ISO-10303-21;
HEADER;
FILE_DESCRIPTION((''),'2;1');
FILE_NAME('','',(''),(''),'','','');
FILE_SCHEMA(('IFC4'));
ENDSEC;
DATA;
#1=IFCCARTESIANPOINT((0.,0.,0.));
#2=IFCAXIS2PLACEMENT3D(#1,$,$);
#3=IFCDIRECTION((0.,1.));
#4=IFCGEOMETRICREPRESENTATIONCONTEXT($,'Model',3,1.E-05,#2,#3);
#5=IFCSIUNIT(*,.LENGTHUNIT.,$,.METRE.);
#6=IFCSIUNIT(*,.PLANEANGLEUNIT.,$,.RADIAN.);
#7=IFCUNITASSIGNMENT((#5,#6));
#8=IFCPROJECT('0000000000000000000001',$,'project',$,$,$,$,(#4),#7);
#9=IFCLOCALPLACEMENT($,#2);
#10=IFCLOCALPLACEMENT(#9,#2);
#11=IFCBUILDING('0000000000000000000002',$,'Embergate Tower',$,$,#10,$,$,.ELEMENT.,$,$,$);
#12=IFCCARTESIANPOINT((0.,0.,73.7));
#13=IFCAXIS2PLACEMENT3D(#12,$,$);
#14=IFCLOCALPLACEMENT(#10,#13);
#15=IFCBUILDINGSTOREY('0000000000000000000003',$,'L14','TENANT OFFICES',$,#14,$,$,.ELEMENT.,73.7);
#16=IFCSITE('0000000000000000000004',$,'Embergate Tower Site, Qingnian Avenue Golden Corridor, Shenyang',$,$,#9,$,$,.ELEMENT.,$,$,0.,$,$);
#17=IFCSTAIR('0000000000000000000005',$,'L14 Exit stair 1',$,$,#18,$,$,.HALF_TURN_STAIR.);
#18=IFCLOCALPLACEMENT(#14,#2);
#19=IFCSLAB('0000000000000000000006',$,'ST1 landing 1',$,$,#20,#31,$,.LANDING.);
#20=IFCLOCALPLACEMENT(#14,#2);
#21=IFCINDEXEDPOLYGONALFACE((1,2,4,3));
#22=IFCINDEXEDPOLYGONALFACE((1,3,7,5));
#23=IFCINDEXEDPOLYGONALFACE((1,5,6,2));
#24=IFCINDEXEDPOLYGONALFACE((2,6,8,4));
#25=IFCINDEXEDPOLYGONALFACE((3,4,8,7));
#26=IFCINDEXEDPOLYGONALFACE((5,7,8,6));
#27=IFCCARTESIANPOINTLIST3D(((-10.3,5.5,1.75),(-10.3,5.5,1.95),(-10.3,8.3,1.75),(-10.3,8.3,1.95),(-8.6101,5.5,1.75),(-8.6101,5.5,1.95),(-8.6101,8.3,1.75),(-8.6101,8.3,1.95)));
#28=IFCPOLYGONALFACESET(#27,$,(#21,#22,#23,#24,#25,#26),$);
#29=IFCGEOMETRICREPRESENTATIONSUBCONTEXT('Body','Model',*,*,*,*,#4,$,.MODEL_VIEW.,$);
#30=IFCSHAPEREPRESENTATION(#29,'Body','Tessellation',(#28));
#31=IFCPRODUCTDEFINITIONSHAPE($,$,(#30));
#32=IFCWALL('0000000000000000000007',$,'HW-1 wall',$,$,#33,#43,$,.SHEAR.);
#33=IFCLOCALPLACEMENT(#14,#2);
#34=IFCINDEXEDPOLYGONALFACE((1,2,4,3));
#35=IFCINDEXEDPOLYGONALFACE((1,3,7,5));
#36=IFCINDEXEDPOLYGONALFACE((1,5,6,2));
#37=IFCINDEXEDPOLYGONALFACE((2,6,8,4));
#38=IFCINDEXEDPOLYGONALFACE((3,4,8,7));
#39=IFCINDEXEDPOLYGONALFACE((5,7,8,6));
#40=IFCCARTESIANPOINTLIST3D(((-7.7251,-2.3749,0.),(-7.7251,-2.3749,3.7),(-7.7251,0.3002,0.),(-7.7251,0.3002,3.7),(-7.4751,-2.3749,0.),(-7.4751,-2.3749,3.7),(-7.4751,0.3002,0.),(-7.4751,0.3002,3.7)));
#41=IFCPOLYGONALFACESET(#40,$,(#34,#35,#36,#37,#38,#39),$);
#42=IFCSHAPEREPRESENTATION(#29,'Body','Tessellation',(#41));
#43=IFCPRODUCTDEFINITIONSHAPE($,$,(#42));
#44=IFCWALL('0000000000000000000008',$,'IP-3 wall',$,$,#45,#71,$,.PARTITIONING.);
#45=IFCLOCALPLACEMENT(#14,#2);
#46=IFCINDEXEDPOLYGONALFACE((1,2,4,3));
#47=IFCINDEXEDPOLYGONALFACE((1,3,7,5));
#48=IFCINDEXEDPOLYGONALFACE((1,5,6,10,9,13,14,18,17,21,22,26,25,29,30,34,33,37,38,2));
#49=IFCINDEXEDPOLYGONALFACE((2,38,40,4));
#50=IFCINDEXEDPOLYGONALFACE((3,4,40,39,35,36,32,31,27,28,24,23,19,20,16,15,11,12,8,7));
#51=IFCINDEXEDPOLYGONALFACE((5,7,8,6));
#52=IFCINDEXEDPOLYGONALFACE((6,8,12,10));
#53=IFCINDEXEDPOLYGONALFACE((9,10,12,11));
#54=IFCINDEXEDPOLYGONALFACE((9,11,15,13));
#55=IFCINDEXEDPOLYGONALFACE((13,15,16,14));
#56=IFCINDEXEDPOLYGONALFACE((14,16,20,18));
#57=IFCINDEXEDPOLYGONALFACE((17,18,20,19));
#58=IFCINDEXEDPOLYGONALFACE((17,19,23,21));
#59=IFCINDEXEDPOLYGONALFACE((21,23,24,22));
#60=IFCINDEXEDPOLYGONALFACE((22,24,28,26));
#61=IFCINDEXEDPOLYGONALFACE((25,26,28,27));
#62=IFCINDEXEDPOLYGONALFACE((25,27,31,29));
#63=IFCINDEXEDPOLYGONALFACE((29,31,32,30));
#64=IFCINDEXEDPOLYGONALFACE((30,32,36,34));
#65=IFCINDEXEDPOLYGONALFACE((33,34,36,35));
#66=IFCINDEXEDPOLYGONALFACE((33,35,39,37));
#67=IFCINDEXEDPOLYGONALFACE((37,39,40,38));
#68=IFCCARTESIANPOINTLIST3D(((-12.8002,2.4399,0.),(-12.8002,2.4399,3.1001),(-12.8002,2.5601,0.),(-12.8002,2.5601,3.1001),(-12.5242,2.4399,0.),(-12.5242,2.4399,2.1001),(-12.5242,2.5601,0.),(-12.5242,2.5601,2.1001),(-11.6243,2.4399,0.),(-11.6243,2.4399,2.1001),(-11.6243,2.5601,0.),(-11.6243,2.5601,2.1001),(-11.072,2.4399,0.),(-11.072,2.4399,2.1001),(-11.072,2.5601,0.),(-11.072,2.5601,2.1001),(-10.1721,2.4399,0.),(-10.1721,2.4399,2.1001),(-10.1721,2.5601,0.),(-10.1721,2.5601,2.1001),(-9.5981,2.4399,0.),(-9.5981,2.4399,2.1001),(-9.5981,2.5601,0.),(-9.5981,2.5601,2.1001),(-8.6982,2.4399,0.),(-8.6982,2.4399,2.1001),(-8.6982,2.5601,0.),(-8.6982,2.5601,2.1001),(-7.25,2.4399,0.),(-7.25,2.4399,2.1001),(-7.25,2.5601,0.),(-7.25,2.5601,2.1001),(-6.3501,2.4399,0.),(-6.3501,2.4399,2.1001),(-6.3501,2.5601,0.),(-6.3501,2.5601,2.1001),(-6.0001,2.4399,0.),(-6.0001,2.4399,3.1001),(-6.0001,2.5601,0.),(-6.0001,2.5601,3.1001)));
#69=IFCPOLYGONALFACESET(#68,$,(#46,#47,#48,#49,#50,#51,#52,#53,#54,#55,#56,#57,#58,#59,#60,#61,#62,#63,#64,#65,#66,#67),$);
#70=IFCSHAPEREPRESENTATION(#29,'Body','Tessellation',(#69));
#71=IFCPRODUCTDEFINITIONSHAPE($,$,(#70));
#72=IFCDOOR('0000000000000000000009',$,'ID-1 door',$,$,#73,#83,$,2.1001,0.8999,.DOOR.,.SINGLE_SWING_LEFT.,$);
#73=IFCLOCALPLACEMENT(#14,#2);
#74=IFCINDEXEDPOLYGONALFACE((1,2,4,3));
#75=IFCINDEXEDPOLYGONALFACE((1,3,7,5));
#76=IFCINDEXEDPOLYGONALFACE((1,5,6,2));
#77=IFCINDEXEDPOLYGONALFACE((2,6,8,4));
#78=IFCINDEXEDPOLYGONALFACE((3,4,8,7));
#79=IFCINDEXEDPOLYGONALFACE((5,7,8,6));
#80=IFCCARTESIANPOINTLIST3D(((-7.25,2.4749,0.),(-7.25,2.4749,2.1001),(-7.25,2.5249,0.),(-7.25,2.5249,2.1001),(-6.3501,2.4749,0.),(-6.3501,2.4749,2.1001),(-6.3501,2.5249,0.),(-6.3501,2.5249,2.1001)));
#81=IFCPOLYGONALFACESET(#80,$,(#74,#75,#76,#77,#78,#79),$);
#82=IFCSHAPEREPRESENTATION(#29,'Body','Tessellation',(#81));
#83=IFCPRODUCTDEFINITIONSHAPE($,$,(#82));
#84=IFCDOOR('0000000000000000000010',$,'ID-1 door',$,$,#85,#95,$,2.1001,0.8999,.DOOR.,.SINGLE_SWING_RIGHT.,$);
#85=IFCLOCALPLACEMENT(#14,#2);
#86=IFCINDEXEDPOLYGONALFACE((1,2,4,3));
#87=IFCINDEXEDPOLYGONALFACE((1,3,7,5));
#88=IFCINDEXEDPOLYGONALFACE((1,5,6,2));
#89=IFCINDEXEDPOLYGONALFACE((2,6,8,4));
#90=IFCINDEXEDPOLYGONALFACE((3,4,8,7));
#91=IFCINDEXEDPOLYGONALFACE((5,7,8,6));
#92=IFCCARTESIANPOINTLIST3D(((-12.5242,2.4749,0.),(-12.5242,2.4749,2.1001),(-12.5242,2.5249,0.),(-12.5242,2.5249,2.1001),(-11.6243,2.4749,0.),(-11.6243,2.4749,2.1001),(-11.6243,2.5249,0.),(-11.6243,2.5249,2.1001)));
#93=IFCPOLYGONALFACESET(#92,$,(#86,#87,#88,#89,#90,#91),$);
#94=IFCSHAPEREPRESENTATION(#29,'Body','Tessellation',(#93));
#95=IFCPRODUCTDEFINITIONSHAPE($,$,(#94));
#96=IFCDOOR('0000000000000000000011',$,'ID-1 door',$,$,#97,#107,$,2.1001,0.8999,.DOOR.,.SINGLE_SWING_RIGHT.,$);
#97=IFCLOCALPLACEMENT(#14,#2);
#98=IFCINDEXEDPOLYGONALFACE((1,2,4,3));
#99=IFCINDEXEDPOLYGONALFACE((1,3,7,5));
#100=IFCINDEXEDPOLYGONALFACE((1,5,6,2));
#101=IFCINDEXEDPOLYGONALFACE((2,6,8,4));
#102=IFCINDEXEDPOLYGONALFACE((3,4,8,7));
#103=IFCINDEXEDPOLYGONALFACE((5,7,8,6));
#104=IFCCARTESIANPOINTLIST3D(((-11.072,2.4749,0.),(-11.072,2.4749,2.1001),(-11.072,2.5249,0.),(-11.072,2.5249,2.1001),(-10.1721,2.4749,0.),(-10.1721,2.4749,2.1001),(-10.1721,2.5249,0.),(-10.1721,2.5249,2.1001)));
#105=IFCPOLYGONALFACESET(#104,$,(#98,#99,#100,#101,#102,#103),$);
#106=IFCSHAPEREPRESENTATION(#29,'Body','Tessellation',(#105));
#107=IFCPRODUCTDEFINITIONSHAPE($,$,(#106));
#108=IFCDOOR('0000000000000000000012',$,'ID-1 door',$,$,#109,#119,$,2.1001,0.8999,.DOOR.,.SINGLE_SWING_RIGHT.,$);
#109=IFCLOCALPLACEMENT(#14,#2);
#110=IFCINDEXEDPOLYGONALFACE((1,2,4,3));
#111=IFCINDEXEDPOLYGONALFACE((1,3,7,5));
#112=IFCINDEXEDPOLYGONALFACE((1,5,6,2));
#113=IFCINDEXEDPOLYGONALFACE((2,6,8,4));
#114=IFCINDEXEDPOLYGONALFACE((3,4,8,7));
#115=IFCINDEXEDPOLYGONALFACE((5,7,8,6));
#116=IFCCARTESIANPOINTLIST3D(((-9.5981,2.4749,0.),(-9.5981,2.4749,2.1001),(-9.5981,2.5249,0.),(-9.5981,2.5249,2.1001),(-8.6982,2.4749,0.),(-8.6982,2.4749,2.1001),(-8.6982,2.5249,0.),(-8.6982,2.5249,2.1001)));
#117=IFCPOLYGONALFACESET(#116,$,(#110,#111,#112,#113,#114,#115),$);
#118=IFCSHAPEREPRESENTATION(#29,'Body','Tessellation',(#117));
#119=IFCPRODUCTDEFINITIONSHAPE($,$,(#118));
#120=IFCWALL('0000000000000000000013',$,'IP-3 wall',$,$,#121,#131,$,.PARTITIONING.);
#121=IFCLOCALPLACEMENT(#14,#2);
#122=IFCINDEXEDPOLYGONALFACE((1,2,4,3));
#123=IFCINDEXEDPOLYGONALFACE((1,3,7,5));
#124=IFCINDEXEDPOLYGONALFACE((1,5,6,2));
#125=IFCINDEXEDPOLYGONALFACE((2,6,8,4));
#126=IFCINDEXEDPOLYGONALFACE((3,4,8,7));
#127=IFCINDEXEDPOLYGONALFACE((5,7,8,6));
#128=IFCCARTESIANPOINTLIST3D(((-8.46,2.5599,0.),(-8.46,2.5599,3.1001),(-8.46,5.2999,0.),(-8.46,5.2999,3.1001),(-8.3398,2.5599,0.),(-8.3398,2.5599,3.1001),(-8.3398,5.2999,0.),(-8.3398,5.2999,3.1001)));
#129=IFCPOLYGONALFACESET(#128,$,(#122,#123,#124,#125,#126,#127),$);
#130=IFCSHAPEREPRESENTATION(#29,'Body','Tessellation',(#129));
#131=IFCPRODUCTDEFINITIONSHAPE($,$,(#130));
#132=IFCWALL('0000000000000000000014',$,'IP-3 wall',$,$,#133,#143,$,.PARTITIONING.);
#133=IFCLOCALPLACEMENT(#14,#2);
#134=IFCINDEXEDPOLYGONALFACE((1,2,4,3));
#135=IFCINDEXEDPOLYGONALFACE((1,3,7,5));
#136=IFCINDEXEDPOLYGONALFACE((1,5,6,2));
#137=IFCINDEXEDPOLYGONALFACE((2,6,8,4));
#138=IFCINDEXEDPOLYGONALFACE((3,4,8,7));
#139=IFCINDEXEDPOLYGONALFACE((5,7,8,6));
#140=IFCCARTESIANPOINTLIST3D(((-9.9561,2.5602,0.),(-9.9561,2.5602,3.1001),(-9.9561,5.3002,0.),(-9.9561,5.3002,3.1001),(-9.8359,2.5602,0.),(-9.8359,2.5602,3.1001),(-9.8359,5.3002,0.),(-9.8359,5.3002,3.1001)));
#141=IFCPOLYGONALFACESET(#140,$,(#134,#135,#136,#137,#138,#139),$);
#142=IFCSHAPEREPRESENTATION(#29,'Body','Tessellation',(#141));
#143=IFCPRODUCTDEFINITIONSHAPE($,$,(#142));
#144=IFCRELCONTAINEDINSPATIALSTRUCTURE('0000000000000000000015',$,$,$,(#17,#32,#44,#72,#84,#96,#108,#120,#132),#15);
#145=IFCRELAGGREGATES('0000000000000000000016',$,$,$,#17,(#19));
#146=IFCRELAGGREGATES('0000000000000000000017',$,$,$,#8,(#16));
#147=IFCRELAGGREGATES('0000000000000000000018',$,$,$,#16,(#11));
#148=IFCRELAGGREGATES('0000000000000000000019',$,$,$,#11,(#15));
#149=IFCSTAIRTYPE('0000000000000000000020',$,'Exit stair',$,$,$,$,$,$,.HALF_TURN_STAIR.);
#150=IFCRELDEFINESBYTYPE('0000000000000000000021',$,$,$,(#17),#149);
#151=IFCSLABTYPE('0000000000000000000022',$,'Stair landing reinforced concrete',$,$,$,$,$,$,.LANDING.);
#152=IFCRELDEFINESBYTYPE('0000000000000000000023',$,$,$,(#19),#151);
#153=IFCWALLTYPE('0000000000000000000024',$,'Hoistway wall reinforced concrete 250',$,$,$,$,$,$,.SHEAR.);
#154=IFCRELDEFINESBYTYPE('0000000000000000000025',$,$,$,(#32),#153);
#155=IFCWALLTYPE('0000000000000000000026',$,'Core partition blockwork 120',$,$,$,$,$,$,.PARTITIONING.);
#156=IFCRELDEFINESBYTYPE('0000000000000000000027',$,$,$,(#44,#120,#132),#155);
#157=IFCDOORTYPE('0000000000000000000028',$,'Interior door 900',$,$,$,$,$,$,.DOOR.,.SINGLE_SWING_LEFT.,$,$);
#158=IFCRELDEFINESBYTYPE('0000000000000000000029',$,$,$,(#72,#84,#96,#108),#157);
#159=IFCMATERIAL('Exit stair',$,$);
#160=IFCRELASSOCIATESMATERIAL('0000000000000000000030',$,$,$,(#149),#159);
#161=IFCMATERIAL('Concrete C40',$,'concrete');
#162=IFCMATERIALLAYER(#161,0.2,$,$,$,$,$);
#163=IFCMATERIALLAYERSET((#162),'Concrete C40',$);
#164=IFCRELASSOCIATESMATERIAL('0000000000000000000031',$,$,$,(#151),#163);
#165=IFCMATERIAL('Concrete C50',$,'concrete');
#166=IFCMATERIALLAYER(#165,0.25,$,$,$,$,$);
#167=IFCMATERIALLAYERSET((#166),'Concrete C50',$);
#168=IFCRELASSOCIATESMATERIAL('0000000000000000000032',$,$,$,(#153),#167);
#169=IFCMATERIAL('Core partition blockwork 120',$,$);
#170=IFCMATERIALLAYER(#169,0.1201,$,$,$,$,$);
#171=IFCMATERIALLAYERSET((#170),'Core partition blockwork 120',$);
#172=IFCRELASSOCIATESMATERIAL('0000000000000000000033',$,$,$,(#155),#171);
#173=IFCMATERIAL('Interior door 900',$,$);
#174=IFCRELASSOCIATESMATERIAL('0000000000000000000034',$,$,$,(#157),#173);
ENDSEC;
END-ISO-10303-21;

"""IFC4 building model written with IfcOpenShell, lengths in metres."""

from ifc_helpers import new_model, si_unit, direction, frame, frame_2d, origin, place, context, subcontext, project, spatial, polyline, rectangle, outline, extrude, source, transform, mapped, material, layer, layer_set, type_object, element, fill, aggregate, save


model = new_model("IFC4")

# Units and contexts
model_context = context("Model", 3, precision=1e-05, world=origin(), true_north=direction((0.0, 1.0)))
body_context = subcontext(model_context, "Body", "Model", "MODEL_VIEW")
ifc_project = project(units=[si_unit("LENGTHUNIT", "METRE"), si_unit("PLANEANGLEUNIT", "RADIAN")], contexts=[model_context])

# Site, building, storey
site_placement = place(None, origin())
site = spatial("IfcSite", under=ifc_project, at=site_placement, Name="Embergate Tower Site, Qingnian Avenue Golden Corridor, Shenyang", CompositionType="ELEMENT", RefElevation=0.0)
building_placement = place(site_placement, origin())
building = spatial("IfcBuilding", under=site, at=building_placement, Name="Embergate Tower", CompositionType="ELEMENT")
storey_placement = place(building_placement, frame((0.0, 0.0, 73.7)))
storey = spatial("IfcBuildingStorey", under=building, at=storey_placement, Name="L14", Description="TENANT OFFICES", CompositionType="ELEMENT", Elevation=73.7)

# Stair, slab
ifc_material_1 = material(Name="Exit stair")
stair_type = type_object("IfcStairType", Name="Exit stair", PredefinedType="HALF_TURN_STAIR", material=ifc_material_1)
stair_placement = place(storey_placement, origin())
stair = element("IfcStair", 1, at=stair_placement, inside=storey, type_object=stair_type, Name="L14 Exit stair 1", PredefinedType="HALF_TURN_STAIR")
ifc_material_2 = material(Name="Concrete C40", Category="concrete")
ifc_layer_1 = layer(ifc_material_2, 0.2)
ifc_layer_set_1 = layer_set([ifc_layer_1], Name="Concrete C40")
slab_type = type_object("IfcSlabType", Name="Stair landing reinforced concrete", PredefinedType="LANDING", material=ifc_layer_set_1)
shared_shape_1 = source(origin(), body_context, "Body", "SweptSolid", [
    extrude(outline(polyline([(0.0, 0.0), (1.6899, 0.0), (1.6899, 2.8), (0.0, 2.8), (0.0, 0.0)])), origin(), (0.0, 0.0, 1.0), 0.2),
])
slab_placement = place(storey_placement, frame((-10.3, 5.5, 1.75)))
slab = element("IfcSlab", 2, at=slab_placement, type_object=slab_type, Name="ST1 landing 1", PredefinedType="LANDING", context=body_context, shape_type="MappedRepresentation", body=[
    mapped(shared_shape_1, transform((0.0, 0.0, 0.0))),
])

# Wall
ifc_material_3 = material(Name="Concrete C50", Category="concrete")
ifc_layer_2 = layer(ifc_material_3, 0.25)
ifc_layer_set_2 = layer_set([ifc_layer_2], Name="Concrete C50")
wall_type_1 = type_object("IfcWallType", Name="Hoistway wall reinforced concrete 250", PredefinedType="SHEAR", material=ifc_layer_set_2)
shared_shape_2 = source(origin(), body_context, "Body", "SweptSolid", [
    extrude(rectangle(XDim=2.675, YDim=0.25, at=frame_2d((1.3374, 0.0))), origin(), (0.0, 0.0, 1.0), 3.7),
])
wall_1_placement = place(storey_placement, frame((-7.6001, 0.3, 0.0), z_axis=(0.0, 0.0, 1.0), x_axis=(0.0, -1.0, 0.0)))
element("IfcWall", 3, at=wall_1_placement, inside=storey, type_object=wall_type_1, Name="HW-1 wall", PredefinedType="SHEAR", context=body_context, shape_type="MappedRepresentation", body=[
    mapped(shared_shape_2, transform((0.0, 0.0, 0.0))),
])

# Wall, openings, doors
ifc_material_4 = material(Name="Core partition blockwork 120")
ifc_layer_3 = layer(ifc_material_4, 0.1201)
ifc_layer_set_3 = layer_set([ifc_layer_3], Name="Core partition blockwork 120")
wall_type_2 = type_object("IfcWallType", Name="Core partition blockwork 120", PredefinedType="PARTITIONING", material=ifc_layer_set_3)
shared_shape_3 = source(origin(), body_context, "Body", "SweptSolid", [
    extrude(rectangle(XDim=6.8, YDim=0.1201, at=frame_2d((3.3999, 0.0))), origin(), (0.0, 0.0, 1.0), 3.1001),
])
wall_2_placement = place(storey_placement, frame((-12.8, 2.5, 0.0), z_axis=(0.0, 0.0, 1.0), x_axis=(1.0, 0.0, 0.0)))
wall_2 = element("IfcWall", 4, at=wall_2_placement, inside=storey, type_object=wall_type_2, Name="IP-3 wall", PredefinedType="PARTITIONING", context=body_context, shape_type="MappedRepresentation", body=[
    mapped(shared_shape_3, transform((0.0, 0.0, 0.0))),
])
shared_shape_4 = source(origin(), body_context, "Body", "SweptSolid", [
    extrude(rectangle(XDim=0.8999, YDim=2.1001, at=frame_2d((0.45, 1.05))), frame((0.0, 0.0701, 0.0), z_axis=(0.0, -1.0, 0.0), x_axis=(1.0, 0.0, 0.0)), (0.0, 0.0, 1.0), 0.1401),
])
opening_1_placement = place(wall_2_placement, frame((5.55, 0.0, 0.0)))
opening_1 = element("IfcOpeningElement", 5, at=opening_1_placement, cuts=wall_2, PredefinedType="OPENING", context=body_context, shape_type="MappedRepresentation", body=[
    mapped(shared_shape_4, transform((0.0, 0.0, 0.0))),
])
opening_2_placement = place(wall_2_placement, frame((0.2759, 0.0, 0.0)))
opening_2 = element("IfcOpeningElement", 6, at=opening_2_placement, cuts=wall_2, PredefinedType="OPENING", context=body_context, shape_type="MappedRepresentation", body=[
    mapped(shared_shape_4, transform((0.0, 0.0, 0.0))),
])
opening_3_placement = place(wall_2_placement, frame((1.728, 0.0, 0.0)))
opening_3 = element("IfcOpeningElement", 7, at=opening_3_placement, cuts=wall_2, PredefinedType="OPENING", context=body_context, shape_type="MappedRepresentation", body=[
    mapped(shared_shape_4, transform((0.0, 0.0, 0.0))),
])
opening_4_placement = place(wall_2_placement, frame((3.2019, 0.0, 0.0)))
opening_4 = element("IfcOpeningElement", 8, at=opening_4_placement, cuts=wall_2, PredefinedType="OPENING", context=body_context, shape_type="MappedRepresentation", body=[
    mapped(shared_shape_4, transform((0.0, 0.0, 0.0))),
])
ifc_material_5 = material(Name="Interior door 900")
door_type_1 = type_object("IfcDoorType", Name="Interior door 900", OperationType="SINGLE_SWING_LEFT", PredefinedType="DOOR", material=ifc_material_5)
shared_shape_5 = source(origin(), body_context, "Body", "SweptSolid", [
    extrude(rectangle(XDim=0.8999, YDim=2.1001, at=frame_2d((0.45, 1.05))), frame((0.0, 0.0249, 0.0), z_axis=(0.0, -1.0, 0.0), x_axis=(1.0, 0.0, 0.0)), (0.0, 0.0, 1.0), 0.05),
])
door_1_placement = place(opening_1_placement, origin())
door_1 = element("IfcDoor", 9, at=door_1_placement, inside=storey, type_object=door_type_1, Name="ID-1 door", OperationType="SINGLE_SWING_LEFT", OverallHeight=2.1001, OverallWidth=0.8999, PredefinedType="DOOR", context=body_context, shape_type="MappedRepresentation", body=[
    mapped(shared_shape_5, transform((0.0, 0.0, 0.0))),
])
fill(opening_1, door_1)
door_2_placement = place(opening_2_placement, origin())
door_2 = element("IfcDoor", 10, at=door_2_placement, inside=storey, type_object=door_type_1, Name="ID-1 door", OperationType="SINGLE_SWING_RIGHT", OverallHeight=2.1001, OverallWidth=0.8999, PredefinedType="DOOR", context=body_context, shape_type="MappedRepresentation", body=[
    mapped(shared_shape_5, transform((0.0, 0.0, 0.0))),
])
fill(opening_2, door_2)
door_3_placement = place(opening_3_placement, origin())
door_3 = element("IfcDoor", 11, at=door_3_placement, inside=storey, type_object=door_type_1, Name="ID-1 door", OperationType="SINGLE_SWING_RIGHT", OverallHeight=2.1001, OverallWidth=0.8999, PredefinedType="DOOR", context=body_context, shape_type="MappedRepresentation", body=[
    mapped(shared_shape_5, transform((0.0, 0.0, 0.0))),
])
fill(opening_3, door_3)
door_4_placement = place(opening_4_placement, origin())
door_4 = element("IfcDoor", 12, at=door_4_placement, inside=storey, type_object=door_type_1, Name="ID-1 door", OperationType="SINGLE_SWING_RIGHT", OverallHeight=2.1001, OverallWidth=0.8999, PredefinedType="DOOR", context=body_context, shape_type="MappedRepresentation", body=[
    mapped(shared_shape_5, transform((0.0, 0.0, 0.0))),
])
fill(opening_4, door_4)

# Walls
shared_shape_6 = source(origin(), body_context, "Body", "SweptSolid", [
    extrude(rectangle(XDim=2.74, YDim=0.1201, at=frame_2d((1.3701, 0.0))), origin(), (0.0, 0.0, 1.0), 3.1001),
])
for number, where, z_axis, x_axis, name in (
    (13, (-8.3999, 5.3, 0.0), (0.0, 0.0, 1.0), (0.0, -1.0, 0.0), "IP-3 wall"),
    (14, (-9.896, 2.5601, 0.0), (0.0, 0.0, 1.0), (0.0, 1.0, 0.0), "IP-3 wall"),
):
    element("IfcWall", number, at=place(storey_placement, frame(where, z_axis=z_axis, x_axis=x_axis)), inside=storey, type_object=wall_type_2, Name=name, PredefinedType="PARTITIONING", context=body_context, shape_type="MappedRepresentation", body=[
        mapped(shared_shape_6, transform((0.0, 0.0, 0.0))),
    ])

aggregate(stair, [slab])

save(model, "model.ifc")
